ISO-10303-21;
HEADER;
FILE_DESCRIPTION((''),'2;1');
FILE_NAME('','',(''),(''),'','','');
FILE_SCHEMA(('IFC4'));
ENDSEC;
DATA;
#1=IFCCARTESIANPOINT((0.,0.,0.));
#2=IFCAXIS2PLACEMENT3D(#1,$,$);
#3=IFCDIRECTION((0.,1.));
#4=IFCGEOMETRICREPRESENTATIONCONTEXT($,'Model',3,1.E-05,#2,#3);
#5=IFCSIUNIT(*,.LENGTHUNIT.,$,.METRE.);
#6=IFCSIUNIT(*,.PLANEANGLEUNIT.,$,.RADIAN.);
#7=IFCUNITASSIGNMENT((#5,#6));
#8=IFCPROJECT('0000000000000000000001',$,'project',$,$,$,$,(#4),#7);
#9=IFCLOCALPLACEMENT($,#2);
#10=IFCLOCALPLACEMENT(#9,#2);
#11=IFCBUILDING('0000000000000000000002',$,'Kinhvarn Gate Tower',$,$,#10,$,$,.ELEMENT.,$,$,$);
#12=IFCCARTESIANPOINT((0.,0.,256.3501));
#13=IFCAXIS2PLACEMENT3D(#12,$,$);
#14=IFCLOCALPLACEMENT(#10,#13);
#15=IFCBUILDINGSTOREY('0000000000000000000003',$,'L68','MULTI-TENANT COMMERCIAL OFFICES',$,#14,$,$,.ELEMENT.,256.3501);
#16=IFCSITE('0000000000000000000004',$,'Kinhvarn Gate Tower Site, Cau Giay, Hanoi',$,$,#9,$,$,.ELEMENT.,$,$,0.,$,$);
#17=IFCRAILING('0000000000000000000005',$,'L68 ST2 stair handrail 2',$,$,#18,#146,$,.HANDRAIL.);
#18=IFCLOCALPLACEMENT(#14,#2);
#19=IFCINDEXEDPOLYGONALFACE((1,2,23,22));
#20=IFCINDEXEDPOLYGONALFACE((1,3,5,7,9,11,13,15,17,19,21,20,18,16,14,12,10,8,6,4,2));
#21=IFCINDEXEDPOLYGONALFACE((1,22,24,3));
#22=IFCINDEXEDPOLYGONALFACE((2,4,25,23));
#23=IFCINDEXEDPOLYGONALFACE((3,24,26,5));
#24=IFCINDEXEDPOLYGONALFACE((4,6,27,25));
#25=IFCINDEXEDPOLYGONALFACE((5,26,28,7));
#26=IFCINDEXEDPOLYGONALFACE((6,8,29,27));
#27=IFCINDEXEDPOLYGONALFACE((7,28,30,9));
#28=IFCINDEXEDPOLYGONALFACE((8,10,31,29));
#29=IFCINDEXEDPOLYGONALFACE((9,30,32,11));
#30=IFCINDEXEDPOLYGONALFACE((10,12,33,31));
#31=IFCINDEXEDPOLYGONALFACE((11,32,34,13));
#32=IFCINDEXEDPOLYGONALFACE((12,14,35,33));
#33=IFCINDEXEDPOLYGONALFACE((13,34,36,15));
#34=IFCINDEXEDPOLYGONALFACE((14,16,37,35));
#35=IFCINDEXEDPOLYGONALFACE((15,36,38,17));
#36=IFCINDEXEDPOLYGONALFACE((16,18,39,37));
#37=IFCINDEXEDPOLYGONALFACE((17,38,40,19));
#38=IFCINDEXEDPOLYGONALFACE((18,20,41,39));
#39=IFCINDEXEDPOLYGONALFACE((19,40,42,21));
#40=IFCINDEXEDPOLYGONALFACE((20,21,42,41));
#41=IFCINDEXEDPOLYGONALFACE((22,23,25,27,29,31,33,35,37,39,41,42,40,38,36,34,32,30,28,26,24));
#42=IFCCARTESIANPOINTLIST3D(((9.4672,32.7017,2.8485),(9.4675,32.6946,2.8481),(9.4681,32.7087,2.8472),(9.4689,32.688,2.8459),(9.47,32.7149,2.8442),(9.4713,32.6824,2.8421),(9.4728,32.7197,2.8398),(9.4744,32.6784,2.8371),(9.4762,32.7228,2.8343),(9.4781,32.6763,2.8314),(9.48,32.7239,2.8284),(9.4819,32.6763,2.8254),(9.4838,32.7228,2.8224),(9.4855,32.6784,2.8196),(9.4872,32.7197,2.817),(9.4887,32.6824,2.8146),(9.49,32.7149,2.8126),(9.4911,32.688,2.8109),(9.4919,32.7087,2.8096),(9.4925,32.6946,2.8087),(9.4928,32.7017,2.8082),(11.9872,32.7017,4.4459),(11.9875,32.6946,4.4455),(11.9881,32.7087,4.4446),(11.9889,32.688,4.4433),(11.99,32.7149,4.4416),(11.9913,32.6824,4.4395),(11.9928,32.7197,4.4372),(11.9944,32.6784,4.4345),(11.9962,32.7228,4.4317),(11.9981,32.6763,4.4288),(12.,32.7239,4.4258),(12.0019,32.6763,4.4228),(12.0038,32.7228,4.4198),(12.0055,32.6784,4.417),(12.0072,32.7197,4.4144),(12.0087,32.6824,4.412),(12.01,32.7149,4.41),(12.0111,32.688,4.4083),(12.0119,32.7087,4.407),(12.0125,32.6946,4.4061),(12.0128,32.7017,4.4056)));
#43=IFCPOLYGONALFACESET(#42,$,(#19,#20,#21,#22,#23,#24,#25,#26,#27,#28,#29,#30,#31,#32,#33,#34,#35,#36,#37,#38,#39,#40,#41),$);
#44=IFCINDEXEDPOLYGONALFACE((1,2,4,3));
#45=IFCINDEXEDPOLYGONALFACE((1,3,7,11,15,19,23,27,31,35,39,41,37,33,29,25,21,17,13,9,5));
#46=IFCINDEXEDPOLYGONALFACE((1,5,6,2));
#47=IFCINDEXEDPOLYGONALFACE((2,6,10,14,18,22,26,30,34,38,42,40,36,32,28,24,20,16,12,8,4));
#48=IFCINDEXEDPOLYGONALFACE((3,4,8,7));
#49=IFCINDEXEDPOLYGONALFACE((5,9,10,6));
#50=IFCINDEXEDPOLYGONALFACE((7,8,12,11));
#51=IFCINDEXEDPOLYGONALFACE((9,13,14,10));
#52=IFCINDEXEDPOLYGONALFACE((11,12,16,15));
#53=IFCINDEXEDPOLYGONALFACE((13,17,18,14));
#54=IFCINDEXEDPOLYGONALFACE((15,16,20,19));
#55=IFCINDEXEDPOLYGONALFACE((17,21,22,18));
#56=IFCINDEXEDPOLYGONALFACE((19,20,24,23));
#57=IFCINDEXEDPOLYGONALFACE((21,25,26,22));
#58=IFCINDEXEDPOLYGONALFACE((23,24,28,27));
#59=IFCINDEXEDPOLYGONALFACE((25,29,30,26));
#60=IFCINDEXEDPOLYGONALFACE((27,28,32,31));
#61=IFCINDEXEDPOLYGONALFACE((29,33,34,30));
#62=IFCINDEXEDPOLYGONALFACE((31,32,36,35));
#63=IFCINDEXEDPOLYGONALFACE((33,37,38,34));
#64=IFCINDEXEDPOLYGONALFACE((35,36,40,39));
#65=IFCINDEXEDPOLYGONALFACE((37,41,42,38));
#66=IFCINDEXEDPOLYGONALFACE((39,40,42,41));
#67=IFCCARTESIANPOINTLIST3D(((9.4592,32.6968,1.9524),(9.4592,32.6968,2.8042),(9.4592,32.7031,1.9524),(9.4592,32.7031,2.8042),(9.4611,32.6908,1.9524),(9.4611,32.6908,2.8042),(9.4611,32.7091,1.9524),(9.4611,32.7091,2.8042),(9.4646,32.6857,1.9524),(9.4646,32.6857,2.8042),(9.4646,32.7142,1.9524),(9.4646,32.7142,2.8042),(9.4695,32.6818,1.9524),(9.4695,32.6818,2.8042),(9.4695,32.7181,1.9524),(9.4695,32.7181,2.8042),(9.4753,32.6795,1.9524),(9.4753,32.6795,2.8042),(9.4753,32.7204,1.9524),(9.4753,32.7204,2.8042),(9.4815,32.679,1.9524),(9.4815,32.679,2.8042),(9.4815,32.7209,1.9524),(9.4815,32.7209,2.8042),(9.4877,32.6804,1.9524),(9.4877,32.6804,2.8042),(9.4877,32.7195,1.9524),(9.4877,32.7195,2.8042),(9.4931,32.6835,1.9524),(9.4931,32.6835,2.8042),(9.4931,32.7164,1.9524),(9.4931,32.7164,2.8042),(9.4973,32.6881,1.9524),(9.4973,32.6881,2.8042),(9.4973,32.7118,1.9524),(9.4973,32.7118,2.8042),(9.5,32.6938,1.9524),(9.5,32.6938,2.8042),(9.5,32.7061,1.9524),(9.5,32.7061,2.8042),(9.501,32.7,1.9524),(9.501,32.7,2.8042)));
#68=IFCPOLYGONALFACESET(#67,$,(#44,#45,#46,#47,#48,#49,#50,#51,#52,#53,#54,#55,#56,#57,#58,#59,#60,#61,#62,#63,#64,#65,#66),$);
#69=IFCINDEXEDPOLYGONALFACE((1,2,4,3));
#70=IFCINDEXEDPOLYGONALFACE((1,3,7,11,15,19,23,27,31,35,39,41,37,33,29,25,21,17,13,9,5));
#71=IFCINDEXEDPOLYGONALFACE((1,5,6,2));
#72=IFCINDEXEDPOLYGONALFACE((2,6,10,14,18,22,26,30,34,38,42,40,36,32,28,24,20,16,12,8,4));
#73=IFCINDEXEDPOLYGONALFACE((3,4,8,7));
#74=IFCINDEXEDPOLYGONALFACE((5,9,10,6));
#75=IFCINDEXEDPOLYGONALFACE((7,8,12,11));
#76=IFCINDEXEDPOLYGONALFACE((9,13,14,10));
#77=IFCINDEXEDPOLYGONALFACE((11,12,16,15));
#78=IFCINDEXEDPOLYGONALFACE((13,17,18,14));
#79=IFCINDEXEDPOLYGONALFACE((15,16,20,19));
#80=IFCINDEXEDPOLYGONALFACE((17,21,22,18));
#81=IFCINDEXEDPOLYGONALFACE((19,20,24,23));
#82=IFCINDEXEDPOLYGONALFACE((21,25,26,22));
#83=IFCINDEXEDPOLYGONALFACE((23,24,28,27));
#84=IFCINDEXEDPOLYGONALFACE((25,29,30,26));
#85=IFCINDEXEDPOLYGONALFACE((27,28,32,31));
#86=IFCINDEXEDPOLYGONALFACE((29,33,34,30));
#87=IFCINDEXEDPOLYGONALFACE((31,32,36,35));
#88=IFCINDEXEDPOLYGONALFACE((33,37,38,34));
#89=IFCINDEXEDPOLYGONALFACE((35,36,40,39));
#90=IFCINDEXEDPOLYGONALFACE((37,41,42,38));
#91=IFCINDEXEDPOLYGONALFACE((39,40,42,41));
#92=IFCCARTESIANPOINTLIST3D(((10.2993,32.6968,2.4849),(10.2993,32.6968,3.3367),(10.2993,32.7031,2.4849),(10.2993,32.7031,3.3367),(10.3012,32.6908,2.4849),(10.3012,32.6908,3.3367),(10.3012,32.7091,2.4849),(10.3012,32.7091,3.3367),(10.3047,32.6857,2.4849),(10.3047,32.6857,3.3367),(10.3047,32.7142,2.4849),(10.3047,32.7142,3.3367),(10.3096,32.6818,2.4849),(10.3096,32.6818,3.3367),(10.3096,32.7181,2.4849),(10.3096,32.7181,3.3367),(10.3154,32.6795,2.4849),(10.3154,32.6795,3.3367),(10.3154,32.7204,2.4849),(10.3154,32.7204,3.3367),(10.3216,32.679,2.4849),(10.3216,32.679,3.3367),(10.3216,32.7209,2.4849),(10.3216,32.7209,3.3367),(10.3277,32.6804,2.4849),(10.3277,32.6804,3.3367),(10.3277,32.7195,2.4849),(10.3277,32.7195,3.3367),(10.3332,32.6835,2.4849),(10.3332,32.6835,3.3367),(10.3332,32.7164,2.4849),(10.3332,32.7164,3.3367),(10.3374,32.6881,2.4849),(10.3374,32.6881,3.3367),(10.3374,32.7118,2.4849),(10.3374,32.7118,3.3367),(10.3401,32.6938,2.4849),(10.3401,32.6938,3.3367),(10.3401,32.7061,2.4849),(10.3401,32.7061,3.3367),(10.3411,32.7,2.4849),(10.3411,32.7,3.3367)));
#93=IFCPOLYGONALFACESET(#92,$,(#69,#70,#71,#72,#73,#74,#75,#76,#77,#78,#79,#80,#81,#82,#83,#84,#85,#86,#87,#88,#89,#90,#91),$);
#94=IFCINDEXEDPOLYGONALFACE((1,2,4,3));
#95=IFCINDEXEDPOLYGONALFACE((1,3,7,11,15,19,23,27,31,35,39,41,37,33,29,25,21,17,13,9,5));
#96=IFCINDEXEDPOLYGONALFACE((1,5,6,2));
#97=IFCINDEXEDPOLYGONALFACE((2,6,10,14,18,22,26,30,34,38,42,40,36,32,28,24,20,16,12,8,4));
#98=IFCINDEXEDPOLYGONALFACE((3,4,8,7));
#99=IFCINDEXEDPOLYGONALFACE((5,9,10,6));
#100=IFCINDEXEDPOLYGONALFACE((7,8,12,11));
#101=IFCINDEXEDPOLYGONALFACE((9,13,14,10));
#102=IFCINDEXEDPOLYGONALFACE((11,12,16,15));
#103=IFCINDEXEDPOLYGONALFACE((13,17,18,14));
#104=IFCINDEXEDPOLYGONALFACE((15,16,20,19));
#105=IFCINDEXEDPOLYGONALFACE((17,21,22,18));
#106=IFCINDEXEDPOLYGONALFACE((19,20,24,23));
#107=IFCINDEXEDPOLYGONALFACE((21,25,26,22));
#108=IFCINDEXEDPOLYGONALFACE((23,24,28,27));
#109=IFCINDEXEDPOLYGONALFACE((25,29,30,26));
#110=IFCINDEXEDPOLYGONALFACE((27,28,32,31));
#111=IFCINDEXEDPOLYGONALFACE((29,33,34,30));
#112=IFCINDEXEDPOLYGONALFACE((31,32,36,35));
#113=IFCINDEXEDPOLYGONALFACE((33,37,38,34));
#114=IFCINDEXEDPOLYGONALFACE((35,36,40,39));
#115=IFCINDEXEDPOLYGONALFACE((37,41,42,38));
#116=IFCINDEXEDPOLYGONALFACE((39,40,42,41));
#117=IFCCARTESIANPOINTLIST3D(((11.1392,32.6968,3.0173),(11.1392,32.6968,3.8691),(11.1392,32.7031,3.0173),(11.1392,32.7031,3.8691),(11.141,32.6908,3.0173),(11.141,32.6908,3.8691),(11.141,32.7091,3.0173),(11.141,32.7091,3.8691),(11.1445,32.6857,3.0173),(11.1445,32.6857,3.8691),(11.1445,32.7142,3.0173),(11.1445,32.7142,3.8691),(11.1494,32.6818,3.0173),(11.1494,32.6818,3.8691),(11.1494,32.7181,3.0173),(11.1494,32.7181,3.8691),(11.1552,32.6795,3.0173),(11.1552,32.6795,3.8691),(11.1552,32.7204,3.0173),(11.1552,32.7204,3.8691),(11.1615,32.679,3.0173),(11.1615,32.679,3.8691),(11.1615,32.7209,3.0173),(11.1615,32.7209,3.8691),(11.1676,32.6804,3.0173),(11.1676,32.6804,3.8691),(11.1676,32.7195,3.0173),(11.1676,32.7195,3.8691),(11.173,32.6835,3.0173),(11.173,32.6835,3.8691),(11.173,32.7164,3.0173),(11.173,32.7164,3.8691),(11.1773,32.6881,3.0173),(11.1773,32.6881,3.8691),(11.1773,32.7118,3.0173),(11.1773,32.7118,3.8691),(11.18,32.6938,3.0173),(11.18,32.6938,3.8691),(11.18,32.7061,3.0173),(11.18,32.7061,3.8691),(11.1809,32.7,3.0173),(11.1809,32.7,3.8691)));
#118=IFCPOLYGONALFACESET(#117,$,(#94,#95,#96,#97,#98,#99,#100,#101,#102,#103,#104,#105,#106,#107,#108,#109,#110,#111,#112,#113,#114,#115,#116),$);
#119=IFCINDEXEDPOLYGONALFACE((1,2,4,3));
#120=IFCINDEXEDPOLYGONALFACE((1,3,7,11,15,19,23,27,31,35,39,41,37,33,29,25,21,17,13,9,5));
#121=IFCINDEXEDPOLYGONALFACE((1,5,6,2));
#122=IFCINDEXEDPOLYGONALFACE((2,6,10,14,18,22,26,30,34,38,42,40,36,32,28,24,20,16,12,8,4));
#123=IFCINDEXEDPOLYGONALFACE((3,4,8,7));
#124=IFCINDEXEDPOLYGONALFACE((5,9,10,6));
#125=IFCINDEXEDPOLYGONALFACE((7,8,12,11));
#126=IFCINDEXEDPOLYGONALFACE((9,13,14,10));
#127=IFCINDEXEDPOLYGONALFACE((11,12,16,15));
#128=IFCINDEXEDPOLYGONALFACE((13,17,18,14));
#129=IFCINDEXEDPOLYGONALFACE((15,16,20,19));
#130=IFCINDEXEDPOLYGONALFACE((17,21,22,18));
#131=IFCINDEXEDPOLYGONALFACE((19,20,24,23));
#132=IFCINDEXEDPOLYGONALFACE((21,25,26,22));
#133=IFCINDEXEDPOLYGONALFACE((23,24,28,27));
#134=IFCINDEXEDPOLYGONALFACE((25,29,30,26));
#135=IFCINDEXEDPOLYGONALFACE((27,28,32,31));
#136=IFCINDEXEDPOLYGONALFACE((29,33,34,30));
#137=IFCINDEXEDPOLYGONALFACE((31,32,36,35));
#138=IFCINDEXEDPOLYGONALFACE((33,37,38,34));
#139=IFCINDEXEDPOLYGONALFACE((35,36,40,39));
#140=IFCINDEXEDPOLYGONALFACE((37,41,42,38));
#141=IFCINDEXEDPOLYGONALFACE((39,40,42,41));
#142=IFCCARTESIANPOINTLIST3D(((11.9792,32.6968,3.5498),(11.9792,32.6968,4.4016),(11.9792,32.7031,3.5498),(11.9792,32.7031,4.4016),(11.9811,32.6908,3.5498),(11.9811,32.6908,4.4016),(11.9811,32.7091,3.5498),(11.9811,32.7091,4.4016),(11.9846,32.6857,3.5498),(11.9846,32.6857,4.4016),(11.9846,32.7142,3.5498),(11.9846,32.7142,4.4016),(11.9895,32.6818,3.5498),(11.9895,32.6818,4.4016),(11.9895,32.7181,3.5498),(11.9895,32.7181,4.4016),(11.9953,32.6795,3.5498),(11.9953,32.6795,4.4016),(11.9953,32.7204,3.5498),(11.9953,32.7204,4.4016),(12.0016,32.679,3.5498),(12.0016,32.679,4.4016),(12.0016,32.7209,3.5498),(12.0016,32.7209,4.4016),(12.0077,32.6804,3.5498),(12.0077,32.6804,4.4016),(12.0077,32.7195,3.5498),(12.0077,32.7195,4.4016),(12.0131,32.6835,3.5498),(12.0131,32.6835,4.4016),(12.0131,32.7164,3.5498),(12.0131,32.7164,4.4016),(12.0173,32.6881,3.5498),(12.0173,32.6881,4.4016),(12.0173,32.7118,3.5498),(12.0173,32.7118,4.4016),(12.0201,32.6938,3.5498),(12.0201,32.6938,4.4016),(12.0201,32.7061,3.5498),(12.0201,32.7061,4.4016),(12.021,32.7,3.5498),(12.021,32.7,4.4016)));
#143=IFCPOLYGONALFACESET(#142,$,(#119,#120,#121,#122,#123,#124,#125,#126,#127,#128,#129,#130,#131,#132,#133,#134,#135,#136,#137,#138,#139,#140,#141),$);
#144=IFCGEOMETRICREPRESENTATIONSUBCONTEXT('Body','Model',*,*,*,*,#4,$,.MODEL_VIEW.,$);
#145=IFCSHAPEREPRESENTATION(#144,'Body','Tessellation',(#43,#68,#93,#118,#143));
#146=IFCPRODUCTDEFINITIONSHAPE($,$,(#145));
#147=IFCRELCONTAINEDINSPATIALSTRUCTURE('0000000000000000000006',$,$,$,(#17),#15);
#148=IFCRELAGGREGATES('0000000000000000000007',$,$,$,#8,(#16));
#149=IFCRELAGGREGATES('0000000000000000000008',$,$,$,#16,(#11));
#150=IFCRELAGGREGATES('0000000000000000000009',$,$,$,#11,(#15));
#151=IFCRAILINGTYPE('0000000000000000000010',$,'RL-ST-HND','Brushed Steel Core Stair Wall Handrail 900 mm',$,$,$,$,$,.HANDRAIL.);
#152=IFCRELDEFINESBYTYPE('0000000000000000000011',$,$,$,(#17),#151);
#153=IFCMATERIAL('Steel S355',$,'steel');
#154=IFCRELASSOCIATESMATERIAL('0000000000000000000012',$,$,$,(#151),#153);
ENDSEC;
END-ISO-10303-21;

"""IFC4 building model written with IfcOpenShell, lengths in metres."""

from ifc_helpers import new_model, si_unit, direction, frame, origin, origin_2d, place, context, subcontext, project, spatial, circle, extrude, material, type_object, element, save


model = new_model("IFC4")

# Units and contexts
model_context = context("Model", 3, precision=1e-05, world=origin(), true_north=direction((0.0, 1.0)))
body_context = subcontext(model_context, "Body", "Model", "MODEL_VIEW")
ifc_project = project(units=[si_unit("LENGTHUNIT", "METRE"), si_unit("PLANEANGLEUNIT", "RADIAN")], contexts=[model_context])

# Site, building, storey
site_placement = place(None, origin())
site = spatial("IfcSite", under=ifc_project, at=site_placement, Name="Kinhvarn Gate Tower Site, Cau Giay, Hanoi", CompositionType="ELEMENT", RefElevation=0.0)
building_placement = place(site_placement, origin())
building = spatial("IfcBuilding", under=site, at=building_placement, Name="Kinhvarn Gate Tower", CompositionType="ELEMENT")
storey_placement = place(building_placement, frame((0.0, 0.0, 256.3501)))
storey = spatial("IfcBuildingStorey", under=building, at=storey_placement, Name="L68", Description="MULTI-TENANT COMMERCIAL OFFICES", CompositionType="ELEMENT", Elevation=256.3501)

# Railing
ifc_material_1 = material(Name="Steel S355", Category="steel")
railing_type_1 = type_object("IfcRailingType", Name="RL-ST-HND", Description="Brushed Steel Core Stair Wall Handrail 900 mm", PredefinedType="HANDRAIL", material=ifc_material_1)
railing_1_placement = place(storey_placement, frame((9.48, 32.7, 1.9524)))
element("IfcRailing", 1, at=railing_1_placement, inside=storey, type_object=railing_type_1, Name="L68 ST2 stair handrail 2", PredefinedType="HANDRAIL", context=body_context, shape_type="SweptSolid", body=[
    extrude(circle(Radius=0.0239, at=origin_2d()), frame((0.0, 0.0, 0.876), z_axis=(0.844607, 0.0, 0.535387), x_axis=(0.0, 1.0, 0.0)), (0.0, 0.0, 1.0), 2.9836),
    extrude(circle(Radius=0.021, at=origin_2d()), origin(), (0.0, 0.0, 1.0), 0.8518),
    extrude(circle(Radius=0.021, at=origin_2d()), frame((0.8401, 0.0, 0.5325)), (0.0, 0.0, 1.0), 0.8518),
    extrude(circle(Radius=0.021, at=origin_2d()), frame((1.6799, 0.0, 1.0649)), (0.0, 0.0, 1.0), 0.8518),
    extrude(circle(Radius=0.021, at=origin_2d()), frame((2.52, 0.0, 1.5974)), (0.0, 0.0, 1.0), 0.8518),
])

save(model, "model.ifc")
